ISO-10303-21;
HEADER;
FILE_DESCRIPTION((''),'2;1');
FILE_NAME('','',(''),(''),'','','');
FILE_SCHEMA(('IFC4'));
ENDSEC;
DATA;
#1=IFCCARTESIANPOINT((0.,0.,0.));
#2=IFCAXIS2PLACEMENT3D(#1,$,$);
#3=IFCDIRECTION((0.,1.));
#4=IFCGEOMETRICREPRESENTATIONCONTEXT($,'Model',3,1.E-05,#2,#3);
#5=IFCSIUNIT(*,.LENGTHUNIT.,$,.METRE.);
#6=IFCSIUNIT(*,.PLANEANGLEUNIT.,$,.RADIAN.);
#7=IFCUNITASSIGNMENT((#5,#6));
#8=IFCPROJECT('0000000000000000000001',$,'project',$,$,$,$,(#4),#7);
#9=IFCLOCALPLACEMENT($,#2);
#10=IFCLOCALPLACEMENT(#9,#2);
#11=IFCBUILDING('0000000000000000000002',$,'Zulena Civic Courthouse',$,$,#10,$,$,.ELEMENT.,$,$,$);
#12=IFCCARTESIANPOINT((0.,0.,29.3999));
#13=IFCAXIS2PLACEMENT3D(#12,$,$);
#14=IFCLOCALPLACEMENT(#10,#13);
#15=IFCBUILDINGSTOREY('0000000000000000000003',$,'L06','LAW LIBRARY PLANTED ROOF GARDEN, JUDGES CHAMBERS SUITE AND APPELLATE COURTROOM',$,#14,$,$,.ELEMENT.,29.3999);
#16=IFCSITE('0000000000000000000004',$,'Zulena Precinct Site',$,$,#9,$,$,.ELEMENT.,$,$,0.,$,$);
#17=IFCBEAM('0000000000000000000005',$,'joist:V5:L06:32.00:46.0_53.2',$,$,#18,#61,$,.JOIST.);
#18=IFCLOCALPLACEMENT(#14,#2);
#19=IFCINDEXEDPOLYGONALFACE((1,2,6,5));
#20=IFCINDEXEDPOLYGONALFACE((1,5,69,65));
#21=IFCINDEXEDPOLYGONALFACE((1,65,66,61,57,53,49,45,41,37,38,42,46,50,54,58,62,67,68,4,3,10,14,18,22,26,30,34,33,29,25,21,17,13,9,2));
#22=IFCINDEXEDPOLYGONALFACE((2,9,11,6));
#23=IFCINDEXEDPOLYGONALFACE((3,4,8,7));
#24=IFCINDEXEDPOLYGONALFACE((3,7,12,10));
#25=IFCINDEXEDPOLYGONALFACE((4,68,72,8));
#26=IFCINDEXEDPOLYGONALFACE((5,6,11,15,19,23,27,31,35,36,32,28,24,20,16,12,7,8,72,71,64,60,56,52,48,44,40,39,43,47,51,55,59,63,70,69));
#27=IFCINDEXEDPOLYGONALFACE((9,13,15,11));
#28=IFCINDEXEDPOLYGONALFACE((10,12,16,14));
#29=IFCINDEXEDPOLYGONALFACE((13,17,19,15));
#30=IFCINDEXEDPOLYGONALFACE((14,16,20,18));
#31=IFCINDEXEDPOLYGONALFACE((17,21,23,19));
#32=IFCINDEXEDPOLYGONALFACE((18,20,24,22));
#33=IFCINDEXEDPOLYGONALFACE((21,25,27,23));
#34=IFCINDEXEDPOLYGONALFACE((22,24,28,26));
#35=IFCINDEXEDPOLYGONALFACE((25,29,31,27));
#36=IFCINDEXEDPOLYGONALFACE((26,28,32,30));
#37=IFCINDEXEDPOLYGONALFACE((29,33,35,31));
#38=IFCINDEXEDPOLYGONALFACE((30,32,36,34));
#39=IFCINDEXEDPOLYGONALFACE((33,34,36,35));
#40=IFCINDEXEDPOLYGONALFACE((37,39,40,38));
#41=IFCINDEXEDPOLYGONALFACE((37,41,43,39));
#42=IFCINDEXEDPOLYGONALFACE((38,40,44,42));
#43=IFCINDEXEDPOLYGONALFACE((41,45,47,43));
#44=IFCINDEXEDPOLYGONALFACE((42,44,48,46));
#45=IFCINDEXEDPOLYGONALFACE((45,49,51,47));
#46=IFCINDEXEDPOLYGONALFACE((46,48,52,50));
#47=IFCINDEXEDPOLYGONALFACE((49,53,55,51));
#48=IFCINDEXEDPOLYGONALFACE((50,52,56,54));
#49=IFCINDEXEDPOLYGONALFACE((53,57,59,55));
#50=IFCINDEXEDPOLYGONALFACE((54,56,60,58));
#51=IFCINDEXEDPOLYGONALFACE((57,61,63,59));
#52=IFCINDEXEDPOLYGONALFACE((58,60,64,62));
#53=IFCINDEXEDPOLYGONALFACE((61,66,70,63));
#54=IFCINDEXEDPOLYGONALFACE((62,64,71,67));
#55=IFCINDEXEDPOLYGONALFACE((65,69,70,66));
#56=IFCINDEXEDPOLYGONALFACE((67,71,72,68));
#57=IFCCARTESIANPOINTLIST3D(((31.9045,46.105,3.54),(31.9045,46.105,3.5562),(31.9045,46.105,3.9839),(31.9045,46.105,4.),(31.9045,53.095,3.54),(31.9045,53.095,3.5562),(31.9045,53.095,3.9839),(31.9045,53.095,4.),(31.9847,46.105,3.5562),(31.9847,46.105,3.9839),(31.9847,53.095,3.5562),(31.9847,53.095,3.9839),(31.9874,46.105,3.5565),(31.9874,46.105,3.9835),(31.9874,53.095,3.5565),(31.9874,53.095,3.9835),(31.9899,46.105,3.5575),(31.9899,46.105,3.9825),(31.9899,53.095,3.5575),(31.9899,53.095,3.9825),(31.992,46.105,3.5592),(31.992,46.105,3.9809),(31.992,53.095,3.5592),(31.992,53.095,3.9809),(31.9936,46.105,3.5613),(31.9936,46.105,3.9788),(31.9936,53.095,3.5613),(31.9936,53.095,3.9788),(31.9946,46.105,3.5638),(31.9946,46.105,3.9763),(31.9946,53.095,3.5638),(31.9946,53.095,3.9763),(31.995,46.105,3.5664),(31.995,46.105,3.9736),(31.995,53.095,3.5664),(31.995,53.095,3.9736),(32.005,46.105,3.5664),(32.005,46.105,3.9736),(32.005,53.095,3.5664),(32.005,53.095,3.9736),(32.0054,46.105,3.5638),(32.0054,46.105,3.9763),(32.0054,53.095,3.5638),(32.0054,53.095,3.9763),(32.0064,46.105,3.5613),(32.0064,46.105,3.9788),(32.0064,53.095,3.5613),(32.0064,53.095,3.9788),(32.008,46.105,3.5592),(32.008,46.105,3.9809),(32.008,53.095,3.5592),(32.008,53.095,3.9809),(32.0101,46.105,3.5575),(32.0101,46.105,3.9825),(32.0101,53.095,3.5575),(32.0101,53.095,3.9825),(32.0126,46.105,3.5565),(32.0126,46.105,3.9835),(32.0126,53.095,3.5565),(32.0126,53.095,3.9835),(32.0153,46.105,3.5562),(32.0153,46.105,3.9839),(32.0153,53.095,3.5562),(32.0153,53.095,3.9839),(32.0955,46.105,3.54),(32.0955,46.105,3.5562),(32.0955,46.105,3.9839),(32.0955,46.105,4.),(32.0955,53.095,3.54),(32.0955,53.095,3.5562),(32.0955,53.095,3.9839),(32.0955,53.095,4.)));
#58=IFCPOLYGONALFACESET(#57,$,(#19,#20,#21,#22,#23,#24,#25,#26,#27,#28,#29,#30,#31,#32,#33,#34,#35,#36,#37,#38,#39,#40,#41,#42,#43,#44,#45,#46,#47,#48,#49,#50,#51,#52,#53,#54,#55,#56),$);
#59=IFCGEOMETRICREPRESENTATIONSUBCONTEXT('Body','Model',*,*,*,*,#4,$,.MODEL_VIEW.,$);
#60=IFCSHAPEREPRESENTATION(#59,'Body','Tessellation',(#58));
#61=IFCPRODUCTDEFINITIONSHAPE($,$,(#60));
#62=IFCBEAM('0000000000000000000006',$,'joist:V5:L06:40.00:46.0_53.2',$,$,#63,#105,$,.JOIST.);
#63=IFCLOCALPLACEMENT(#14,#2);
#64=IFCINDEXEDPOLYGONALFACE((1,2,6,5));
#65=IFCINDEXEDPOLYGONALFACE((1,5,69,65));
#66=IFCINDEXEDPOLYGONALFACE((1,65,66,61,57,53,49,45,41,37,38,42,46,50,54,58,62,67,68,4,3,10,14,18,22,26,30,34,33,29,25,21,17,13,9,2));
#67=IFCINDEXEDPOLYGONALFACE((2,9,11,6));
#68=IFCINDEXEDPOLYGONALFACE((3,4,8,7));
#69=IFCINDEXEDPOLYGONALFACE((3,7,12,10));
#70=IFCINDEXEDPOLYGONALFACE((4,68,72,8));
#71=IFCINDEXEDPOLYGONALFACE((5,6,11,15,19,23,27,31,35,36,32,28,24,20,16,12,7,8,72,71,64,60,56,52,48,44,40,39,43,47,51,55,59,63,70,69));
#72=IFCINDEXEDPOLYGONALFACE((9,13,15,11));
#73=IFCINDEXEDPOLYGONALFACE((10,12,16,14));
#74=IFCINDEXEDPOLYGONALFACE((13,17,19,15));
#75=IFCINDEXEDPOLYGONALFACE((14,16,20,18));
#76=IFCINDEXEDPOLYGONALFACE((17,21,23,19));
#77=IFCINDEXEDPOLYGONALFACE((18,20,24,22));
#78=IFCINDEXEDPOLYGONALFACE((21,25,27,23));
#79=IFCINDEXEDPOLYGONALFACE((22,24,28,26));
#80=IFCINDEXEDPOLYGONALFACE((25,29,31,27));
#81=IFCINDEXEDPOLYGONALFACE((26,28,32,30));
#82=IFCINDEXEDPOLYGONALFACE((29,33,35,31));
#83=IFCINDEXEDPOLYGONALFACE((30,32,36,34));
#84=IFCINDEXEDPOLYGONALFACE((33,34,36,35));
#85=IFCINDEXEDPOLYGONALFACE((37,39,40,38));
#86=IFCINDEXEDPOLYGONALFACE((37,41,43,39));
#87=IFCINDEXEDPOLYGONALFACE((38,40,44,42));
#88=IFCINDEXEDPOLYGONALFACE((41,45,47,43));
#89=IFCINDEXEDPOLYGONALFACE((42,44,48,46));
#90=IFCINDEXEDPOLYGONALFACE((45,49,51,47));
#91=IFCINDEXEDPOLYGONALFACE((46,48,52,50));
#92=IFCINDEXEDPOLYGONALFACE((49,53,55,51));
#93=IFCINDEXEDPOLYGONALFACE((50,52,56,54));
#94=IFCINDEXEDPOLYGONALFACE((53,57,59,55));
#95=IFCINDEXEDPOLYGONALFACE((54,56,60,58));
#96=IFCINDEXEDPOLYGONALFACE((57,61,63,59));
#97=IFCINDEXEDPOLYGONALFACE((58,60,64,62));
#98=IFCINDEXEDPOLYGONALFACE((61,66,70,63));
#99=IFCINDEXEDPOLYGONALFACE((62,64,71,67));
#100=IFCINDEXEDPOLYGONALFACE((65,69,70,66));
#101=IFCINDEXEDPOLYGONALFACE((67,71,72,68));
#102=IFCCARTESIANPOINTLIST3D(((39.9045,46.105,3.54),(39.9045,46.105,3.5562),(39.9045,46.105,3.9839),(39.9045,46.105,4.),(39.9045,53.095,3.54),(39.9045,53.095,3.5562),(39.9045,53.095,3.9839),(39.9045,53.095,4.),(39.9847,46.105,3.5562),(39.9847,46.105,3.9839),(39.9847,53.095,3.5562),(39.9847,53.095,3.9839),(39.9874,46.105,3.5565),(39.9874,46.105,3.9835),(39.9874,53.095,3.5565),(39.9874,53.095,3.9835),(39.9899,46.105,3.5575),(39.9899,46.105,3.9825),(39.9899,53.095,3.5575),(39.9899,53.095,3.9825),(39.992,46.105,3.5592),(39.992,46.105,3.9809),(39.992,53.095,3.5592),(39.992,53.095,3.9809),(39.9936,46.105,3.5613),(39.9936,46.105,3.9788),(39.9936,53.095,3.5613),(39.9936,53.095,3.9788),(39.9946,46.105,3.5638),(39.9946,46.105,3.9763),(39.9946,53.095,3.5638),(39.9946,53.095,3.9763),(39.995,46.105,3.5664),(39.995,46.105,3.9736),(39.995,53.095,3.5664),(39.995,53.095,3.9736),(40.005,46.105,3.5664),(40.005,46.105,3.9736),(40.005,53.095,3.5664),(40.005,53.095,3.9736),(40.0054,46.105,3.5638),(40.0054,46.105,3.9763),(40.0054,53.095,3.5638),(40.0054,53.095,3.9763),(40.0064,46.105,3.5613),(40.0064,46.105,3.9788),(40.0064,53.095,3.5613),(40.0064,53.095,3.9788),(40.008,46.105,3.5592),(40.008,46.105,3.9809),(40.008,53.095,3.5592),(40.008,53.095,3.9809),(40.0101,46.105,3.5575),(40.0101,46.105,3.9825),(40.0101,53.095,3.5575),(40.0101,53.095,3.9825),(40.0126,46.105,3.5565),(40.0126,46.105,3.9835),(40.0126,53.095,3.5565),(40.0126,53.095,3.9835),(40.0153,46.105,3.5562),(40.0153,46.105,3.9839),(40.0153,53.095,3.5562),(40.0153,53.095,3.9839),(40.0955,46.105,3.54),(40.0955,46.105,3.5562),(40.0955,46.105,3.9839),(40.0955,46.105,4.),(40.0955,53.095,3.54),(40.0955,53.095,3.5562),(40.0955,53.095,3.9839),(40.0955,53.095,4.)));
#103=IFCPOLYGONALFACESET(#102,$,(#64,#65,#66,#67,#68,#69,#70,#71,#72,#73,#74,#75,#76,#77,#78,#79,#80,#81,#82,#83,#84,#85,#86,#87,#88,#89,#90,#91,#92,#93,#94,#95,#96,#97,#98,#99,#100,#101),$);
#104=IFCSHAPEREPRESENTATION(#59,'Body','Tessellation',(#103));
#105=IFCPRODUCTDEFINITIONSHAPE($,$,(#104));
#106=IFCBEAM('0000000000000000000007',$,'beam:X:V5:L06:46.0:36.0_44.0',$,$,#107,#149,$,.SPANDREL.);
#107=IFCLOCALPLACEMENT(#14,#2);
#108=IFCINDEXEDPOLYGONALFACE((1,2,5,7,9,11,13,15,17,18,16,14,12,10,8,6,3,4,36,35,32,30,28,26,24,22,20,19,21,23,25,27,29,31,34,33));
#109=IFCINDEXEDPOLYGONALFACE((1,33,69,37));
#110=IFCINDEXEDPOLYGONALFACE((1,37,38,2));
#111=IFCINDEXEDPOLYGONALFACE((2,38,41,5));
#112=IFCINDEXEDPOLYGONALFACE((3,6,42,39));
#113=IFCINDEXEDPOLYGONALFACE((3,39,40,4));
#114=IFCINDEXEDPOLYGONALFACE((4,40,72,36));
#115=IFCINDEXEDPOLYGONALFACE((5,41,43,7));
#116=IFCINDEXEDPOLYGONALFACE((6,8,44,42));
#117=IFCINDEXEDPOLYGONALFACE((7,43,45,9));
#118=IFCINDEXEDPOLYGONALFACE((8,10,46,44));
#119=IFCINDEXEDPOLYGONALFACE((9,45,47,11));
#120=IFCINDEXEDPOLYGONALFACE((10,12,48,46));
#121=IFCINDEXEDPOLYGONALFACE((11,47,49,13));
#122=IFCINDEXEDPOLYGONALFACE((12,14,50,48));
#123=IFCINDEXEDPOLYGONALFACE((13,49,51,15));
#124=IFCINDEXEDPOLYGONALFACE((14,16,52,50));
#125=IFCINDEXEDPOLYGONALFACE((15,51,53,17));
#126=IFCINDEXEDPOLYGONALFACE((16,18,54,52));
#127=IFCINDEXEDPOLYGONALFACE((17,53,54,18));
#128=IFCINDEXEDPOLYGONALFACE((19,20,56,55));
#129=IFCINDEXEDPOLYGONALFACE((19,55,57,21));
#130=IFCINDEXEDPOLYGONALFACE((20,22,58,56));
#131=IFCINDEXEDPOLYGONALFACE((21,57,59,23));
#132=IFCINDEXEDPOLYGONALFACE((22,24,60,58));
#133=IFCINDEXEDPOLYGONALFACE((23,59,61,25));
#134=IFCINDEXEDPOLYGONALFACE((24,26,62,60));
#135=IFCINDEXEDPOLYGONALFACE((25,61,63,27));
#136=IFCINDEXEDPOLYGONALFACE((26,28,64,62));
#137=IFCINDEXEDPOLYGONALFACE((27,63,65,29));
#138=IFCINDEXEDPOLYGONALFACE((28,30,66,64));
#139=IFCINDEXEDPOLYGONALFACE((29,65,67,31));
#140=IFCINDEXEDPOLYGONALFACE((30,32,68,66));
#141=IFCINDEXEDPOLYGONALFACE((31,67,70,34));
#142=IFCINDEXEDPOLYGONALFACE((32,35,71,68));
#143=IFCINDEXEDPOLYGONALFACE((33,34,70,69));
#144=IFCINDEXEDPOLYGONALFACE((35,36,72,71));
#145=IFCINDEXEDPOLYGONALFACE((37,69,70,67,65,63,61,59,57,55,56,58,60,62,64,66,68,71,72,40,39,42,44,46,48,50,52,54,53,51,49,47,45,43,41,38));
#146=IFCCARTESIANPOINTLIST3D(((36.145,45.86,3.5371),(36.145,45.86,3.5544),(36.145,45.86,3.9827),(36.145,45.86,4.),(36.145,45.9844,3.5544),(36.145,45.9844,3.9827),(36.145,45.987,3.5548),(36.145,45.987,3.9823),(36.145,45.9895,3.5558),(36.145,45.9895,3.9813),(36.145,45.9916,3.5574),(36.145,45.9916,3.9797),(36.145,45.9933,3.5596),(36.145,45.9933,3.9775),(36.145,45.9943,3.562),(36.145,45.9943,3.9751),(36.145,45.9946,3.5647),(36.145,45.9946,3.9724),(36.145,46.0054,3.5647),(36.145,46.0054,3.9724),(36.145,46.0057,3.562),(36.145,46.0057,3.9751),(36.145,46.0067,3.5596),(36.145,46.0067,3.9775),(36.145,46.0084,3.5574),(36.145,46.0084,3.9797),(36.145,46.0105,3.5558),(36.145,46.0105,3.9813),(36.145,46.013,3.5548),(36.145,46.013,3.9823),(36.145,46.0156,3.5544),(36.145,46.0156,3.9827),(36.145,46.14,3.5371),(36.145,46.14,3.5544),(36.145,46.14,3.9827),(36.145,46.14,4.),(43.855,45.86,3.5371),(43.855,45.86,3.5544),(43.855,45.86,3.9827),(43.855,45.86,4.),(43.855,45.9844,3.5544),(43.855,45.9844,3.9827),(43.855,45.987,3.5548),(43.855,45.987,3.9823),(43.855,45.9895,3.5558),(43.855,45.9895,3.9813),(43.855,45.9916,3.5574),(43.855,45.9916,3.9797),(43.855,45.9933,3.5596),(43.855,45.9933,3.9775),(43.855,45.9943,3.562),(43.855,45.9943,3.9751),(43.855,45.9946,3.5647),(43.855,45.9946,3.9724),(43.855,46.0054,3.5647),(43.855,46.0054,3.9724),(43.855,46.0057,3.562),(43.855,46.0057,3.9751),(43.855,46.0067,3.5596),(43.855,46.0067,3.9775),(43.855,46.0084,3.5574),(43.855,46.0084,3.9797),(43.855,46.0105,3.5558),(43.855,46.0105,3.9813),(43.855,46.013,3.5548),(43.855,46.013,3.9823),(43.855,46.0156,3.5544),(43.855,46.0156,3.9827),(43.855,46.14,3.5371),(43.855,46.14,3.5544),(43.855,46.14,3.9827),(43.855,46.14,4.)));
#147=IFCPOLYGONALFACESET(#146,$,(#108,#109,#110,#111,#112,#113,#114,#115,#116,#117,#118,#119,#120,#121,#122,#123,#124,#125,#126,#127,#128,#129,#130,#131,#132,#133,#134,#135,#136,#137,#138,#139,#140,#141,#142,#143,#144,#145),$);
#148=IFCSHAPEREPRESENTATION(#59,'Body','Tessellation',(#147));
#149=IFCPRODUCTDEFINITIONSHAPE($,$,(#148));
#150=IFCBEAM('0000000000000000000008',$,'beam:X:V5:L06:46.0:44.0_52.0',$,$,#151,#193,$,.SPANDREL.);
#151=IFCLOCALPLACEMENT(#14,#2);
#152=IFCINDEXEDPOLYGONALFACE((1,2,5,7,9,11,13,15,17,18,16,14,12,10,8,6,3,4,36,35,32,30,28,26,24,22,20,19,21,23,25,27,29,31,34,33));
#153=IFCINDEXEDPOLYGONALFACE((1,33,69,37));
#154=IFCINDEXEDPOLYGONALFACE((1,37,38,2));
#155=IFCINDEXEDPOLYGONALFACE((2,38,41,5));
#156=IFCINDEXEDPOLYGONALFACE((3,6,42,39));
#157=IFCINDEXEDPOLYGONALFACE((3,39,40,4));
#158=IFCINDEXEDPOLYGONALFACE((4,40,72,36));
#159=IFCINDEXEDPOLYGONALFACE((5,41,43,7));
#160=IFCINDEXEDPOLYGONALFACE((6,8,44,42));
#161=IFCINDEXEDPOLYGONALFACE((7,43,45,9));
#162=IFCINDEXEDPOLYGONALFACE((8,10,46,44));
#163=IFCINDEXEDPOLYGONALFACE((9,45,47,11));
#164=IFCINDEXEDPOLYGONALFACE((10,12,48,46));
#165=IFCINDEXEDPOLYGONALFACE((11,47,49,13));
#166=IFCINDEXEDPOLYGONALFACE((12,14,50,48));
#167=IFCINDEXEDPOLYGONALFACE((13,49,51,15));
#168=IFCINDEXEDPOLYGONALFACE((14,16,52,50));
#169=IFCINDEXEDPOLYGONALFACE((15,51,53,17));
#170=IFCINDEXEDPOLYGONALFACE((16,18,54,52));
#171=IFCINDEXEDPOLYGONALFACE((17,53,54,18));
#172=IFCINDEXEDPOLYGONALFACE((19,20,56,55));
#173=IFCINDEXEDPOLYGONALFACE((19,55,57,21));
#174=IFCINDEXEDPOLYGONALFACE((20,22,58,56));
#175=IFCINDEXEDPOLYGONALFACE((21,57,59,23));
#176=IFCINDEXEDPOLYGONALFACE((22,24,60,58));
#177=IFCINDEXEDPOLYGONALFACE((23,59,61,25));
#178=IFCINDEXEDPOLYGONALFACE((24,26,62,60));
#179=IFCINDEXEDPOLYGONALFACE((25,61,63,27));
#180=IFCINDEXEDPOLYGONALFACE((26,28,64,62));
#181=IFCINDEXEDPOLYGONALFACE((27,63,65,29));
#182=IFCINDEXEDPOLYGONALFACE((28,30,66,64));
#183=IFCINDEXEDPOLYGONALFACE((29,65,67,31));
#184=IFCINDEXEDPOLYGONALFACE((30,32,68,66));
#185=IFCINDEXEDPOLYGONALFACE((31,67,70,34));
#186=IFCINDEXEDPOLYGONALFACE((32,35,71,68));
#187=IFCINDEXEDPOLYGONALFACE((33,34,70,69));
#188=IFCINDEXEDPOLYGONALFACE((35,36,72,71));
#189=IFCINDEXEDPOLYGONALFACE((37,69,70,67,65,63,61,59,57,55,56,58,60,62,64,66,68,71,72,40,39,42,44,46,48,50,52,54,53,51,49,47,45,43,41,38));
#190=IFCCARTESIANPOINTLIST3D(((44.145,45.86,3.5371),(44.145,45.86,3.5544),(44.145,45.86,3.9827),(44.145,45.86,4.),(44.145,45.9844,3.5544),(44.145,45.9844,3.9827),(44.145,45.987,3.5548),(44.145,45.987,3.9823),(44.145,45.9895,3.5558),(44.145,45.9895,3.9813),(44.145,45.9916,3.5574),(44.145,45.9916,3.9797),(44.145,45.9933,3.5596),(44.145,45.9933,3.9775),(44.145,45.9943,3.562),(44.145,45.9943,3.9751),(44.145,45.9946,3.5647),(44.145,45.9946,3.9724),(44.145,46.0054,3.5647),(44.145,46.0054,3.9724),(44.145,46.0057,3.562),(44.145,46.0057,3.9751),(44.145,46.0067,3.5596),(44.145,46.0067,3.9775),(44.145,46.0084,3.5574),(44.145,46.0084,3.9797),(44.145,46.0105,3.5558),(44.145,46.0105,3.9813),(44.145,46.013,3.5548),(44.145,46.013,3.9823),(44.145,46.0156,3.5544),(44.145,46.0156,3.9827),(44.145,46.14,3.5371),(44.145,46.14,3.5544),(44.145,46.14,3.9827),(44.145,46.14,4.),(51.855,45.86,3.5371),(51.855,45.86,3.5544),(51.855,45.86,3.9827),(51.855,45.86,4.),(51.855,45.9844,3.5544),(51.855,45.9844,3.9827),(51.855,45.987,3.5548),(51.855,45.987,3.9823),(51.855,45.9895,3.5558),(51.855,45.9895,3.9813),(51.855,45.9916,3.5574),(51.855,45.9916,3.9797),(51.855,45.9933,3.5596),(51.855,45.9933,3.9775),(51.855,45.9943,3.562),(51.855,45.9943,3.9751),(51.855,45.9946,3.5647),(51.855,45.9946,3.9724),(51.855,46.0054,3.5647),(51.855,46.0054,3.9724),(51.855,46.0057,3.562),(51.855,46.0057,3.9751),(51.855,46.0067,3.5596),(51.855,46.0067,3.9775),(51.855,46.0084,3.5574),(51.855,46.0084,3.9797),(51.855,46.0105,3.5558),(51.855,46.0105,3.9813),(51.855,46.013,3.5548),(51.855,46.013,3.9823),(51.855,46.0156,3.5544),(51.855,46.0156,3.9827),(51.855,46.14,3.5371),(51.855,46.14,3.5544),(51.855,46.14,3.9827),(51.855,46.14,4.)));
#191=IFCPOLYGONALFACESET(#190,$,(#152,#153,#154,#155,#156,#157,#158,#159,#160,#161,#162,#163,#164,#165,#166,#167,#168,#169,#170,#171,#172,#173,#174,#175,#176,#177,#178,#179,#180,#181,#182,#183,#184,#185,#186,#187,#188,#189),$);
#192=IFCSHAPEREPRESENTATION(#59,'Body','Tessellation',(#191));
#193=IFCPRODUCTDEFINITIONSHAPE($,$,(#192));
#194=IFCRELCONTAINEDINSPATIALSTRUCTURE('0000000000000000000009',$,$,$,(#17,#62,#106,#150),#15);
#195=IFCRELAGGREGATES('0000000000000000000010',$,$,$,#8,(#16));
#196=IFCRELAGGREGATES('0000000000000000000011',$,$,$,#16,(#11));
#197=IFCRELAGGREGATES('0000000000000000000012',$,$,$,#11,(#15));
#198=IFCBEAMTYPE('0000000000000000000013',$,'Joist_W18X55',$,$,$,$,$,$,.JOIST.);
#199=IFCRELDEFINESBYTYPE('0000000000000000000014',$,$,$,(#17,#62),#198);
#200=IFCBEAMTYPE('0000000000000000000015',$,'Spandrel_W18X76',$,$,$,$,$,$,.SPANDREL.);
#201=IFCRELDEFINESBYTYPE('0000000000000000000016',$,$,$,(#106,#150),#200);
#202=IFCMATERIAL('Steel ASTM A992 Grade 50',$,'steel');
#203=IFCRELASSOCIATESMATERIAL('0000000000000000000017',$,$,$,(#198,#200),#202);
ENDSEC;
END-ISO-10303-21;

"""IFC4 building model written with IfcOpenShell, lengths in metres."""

from ifc_helpers import new_model, si_unit, direction, frame, origin, origin_2d, place, context, subcontext, project, spatial, i_section, extrude, material, material_profile, profile_set, type_object, element, save


model = new_model("IFC4")

# Units and contexts
model_context = context("Model", 3, precision=1e-05, world=origin(), true_north=direction((0.0, 1.0)))
body_context = subcontext(model_context, "Body", "Model", "MODEL_VIEW")
ifc_project = project(units=[si_unit("LENGTHUNIT", "METRE"), si_unit("PLANEANGLEUNIT", "RADIAN")], contexts=[model_context])

# Site, building, storey
site_placement = place(None, origin())
site = spatial("IfcSite", under=ifc_project, at=site_placement, Name="Zulena Precinct Site", CompositionType="ELEMENT", RefElevation=0.0)
building_placement = place(site_placement, origin())
building = spatial("IfcBuilding", under=site, at=building_placement, Name="Zulena Civic Courthouse", CompositionType="ELEMENT")
storey_placement = place(building_placement, frame((0.0, 0.0, 29.3999)))
storey = spatial("IfcBuildingStorey", under=building, at=storey_placement, Name="L06", Description="LAW LIBRARY PLANTED ROOF GARDEN, JUDGES CHAMBERS SUITE AND APPELLATE COURTROOM", CompositionType="ELEMENT", Elevation=29.3999)

# Shared definitions
ifc_material_1 = material(Name="Steel ASTM A992 Grade 50", Category="steel")

# Beams
ifc_material_profile_1 = material_profile(ifc_material_1, i_section(OverallWidth=0.1909, OverallDepth=0.46, WebThickness=0.01, FlangeThickness=0.0161, FilletRadius=0.0103, at=origin_2d()), Name="W18X55")
ifc_profile_set_1 = profile_set([ifc_material_profile_1], Name="Steel ASTM A992 Grade 50")
beam_type_1 = type_object("IfcBeamType", Name="Joist_W18X55", PredefinedType="JOIST", material=ifc_profile_set_1)
for number, where, z_axis, x_axis, name in (
    (1, (32.0, 46.105, 3.77), (0.0, 1.0, 0.0), (-1.0, 0.0, 0.0), "joist:V5:L06:32.00:46.0_53.2"),
    (2, (40.0, 46.105, 3.77), (0.0, 1.0, 0.0), (-1.0, 0.0, 0.0), "joist:V5:L06:40.00:46.0_53.2"),
):
    element("IfcBeam", number, at=place(storey_placement, frame(where, z_axis=z_axis, x_axis=x_axis)), inside=storey, type_object=beam_type_1, Name=name, PredefinedType="JOIST", context=body_context, shape_type="SweptSolid", body=[
        extrude(i_section(OverallWidth=0.1909, OverallDepth=0.46, WebThickness=0.01, FlangeThickness=0.0161, FilletRadius=0.0103, at=origin_2d()), origin(), (0.0, 0.0, 1.0), 6.99),
    ])
ifc_material_profile_2 = material_profile(ifc_material_1, i_section(OverallWidth=0.28, OverallDepth=0.4629, WebThickness=0.0107, FlangeThickness=0.0173, FilletRadius=0.0103, at=origin_2d()), Name="W18X76")
ifc_profile_set_2 = profile_set([ifc_material_profile_2], Name="Steel ASTM A992 Grade 50")
beam_type_2 = type_object("IfcBeamType", Name="Spandrel_W18X76", PredefinedType="SPANDREL", material=ifc_profile_set_2)
for number, where, z_axis, x_axis, name in (
    (3, (36.145, 46.0, 3.7686), (1.0, 0.0, 0.0), (0.0, 1.0, 0.0), "beam:X:V5:L06:46.0:36.0_44.0"),
    (4, (44.145, 46.0, 3.7686), (1.0, 0.0, 0.0), (0.0, 1.0, 0.0), "beam:X:V5:L06:46.0:44.0_52.0"),
):
    element("IfcBeam", number, at=place(storey_placement, frame(where, z_axis=z_axis, x_axis=x_axis)), inside=storey, type_object=beam_type_2, Name=name, PredefinedType="SPANDREL", context=body_context, shape_type="SweptSolid", body=[
        extrude(i_section(OverallWidth=0.28, OverallDepth=0.4629, WebThickness=0.0107, FlangeThickness=0.0173, FilletRadius=0.0103, at=origin_2d()), origin(), (0.0, 0.0, 1.0), 7.71),
    ])

save(model, "model.ifc")
